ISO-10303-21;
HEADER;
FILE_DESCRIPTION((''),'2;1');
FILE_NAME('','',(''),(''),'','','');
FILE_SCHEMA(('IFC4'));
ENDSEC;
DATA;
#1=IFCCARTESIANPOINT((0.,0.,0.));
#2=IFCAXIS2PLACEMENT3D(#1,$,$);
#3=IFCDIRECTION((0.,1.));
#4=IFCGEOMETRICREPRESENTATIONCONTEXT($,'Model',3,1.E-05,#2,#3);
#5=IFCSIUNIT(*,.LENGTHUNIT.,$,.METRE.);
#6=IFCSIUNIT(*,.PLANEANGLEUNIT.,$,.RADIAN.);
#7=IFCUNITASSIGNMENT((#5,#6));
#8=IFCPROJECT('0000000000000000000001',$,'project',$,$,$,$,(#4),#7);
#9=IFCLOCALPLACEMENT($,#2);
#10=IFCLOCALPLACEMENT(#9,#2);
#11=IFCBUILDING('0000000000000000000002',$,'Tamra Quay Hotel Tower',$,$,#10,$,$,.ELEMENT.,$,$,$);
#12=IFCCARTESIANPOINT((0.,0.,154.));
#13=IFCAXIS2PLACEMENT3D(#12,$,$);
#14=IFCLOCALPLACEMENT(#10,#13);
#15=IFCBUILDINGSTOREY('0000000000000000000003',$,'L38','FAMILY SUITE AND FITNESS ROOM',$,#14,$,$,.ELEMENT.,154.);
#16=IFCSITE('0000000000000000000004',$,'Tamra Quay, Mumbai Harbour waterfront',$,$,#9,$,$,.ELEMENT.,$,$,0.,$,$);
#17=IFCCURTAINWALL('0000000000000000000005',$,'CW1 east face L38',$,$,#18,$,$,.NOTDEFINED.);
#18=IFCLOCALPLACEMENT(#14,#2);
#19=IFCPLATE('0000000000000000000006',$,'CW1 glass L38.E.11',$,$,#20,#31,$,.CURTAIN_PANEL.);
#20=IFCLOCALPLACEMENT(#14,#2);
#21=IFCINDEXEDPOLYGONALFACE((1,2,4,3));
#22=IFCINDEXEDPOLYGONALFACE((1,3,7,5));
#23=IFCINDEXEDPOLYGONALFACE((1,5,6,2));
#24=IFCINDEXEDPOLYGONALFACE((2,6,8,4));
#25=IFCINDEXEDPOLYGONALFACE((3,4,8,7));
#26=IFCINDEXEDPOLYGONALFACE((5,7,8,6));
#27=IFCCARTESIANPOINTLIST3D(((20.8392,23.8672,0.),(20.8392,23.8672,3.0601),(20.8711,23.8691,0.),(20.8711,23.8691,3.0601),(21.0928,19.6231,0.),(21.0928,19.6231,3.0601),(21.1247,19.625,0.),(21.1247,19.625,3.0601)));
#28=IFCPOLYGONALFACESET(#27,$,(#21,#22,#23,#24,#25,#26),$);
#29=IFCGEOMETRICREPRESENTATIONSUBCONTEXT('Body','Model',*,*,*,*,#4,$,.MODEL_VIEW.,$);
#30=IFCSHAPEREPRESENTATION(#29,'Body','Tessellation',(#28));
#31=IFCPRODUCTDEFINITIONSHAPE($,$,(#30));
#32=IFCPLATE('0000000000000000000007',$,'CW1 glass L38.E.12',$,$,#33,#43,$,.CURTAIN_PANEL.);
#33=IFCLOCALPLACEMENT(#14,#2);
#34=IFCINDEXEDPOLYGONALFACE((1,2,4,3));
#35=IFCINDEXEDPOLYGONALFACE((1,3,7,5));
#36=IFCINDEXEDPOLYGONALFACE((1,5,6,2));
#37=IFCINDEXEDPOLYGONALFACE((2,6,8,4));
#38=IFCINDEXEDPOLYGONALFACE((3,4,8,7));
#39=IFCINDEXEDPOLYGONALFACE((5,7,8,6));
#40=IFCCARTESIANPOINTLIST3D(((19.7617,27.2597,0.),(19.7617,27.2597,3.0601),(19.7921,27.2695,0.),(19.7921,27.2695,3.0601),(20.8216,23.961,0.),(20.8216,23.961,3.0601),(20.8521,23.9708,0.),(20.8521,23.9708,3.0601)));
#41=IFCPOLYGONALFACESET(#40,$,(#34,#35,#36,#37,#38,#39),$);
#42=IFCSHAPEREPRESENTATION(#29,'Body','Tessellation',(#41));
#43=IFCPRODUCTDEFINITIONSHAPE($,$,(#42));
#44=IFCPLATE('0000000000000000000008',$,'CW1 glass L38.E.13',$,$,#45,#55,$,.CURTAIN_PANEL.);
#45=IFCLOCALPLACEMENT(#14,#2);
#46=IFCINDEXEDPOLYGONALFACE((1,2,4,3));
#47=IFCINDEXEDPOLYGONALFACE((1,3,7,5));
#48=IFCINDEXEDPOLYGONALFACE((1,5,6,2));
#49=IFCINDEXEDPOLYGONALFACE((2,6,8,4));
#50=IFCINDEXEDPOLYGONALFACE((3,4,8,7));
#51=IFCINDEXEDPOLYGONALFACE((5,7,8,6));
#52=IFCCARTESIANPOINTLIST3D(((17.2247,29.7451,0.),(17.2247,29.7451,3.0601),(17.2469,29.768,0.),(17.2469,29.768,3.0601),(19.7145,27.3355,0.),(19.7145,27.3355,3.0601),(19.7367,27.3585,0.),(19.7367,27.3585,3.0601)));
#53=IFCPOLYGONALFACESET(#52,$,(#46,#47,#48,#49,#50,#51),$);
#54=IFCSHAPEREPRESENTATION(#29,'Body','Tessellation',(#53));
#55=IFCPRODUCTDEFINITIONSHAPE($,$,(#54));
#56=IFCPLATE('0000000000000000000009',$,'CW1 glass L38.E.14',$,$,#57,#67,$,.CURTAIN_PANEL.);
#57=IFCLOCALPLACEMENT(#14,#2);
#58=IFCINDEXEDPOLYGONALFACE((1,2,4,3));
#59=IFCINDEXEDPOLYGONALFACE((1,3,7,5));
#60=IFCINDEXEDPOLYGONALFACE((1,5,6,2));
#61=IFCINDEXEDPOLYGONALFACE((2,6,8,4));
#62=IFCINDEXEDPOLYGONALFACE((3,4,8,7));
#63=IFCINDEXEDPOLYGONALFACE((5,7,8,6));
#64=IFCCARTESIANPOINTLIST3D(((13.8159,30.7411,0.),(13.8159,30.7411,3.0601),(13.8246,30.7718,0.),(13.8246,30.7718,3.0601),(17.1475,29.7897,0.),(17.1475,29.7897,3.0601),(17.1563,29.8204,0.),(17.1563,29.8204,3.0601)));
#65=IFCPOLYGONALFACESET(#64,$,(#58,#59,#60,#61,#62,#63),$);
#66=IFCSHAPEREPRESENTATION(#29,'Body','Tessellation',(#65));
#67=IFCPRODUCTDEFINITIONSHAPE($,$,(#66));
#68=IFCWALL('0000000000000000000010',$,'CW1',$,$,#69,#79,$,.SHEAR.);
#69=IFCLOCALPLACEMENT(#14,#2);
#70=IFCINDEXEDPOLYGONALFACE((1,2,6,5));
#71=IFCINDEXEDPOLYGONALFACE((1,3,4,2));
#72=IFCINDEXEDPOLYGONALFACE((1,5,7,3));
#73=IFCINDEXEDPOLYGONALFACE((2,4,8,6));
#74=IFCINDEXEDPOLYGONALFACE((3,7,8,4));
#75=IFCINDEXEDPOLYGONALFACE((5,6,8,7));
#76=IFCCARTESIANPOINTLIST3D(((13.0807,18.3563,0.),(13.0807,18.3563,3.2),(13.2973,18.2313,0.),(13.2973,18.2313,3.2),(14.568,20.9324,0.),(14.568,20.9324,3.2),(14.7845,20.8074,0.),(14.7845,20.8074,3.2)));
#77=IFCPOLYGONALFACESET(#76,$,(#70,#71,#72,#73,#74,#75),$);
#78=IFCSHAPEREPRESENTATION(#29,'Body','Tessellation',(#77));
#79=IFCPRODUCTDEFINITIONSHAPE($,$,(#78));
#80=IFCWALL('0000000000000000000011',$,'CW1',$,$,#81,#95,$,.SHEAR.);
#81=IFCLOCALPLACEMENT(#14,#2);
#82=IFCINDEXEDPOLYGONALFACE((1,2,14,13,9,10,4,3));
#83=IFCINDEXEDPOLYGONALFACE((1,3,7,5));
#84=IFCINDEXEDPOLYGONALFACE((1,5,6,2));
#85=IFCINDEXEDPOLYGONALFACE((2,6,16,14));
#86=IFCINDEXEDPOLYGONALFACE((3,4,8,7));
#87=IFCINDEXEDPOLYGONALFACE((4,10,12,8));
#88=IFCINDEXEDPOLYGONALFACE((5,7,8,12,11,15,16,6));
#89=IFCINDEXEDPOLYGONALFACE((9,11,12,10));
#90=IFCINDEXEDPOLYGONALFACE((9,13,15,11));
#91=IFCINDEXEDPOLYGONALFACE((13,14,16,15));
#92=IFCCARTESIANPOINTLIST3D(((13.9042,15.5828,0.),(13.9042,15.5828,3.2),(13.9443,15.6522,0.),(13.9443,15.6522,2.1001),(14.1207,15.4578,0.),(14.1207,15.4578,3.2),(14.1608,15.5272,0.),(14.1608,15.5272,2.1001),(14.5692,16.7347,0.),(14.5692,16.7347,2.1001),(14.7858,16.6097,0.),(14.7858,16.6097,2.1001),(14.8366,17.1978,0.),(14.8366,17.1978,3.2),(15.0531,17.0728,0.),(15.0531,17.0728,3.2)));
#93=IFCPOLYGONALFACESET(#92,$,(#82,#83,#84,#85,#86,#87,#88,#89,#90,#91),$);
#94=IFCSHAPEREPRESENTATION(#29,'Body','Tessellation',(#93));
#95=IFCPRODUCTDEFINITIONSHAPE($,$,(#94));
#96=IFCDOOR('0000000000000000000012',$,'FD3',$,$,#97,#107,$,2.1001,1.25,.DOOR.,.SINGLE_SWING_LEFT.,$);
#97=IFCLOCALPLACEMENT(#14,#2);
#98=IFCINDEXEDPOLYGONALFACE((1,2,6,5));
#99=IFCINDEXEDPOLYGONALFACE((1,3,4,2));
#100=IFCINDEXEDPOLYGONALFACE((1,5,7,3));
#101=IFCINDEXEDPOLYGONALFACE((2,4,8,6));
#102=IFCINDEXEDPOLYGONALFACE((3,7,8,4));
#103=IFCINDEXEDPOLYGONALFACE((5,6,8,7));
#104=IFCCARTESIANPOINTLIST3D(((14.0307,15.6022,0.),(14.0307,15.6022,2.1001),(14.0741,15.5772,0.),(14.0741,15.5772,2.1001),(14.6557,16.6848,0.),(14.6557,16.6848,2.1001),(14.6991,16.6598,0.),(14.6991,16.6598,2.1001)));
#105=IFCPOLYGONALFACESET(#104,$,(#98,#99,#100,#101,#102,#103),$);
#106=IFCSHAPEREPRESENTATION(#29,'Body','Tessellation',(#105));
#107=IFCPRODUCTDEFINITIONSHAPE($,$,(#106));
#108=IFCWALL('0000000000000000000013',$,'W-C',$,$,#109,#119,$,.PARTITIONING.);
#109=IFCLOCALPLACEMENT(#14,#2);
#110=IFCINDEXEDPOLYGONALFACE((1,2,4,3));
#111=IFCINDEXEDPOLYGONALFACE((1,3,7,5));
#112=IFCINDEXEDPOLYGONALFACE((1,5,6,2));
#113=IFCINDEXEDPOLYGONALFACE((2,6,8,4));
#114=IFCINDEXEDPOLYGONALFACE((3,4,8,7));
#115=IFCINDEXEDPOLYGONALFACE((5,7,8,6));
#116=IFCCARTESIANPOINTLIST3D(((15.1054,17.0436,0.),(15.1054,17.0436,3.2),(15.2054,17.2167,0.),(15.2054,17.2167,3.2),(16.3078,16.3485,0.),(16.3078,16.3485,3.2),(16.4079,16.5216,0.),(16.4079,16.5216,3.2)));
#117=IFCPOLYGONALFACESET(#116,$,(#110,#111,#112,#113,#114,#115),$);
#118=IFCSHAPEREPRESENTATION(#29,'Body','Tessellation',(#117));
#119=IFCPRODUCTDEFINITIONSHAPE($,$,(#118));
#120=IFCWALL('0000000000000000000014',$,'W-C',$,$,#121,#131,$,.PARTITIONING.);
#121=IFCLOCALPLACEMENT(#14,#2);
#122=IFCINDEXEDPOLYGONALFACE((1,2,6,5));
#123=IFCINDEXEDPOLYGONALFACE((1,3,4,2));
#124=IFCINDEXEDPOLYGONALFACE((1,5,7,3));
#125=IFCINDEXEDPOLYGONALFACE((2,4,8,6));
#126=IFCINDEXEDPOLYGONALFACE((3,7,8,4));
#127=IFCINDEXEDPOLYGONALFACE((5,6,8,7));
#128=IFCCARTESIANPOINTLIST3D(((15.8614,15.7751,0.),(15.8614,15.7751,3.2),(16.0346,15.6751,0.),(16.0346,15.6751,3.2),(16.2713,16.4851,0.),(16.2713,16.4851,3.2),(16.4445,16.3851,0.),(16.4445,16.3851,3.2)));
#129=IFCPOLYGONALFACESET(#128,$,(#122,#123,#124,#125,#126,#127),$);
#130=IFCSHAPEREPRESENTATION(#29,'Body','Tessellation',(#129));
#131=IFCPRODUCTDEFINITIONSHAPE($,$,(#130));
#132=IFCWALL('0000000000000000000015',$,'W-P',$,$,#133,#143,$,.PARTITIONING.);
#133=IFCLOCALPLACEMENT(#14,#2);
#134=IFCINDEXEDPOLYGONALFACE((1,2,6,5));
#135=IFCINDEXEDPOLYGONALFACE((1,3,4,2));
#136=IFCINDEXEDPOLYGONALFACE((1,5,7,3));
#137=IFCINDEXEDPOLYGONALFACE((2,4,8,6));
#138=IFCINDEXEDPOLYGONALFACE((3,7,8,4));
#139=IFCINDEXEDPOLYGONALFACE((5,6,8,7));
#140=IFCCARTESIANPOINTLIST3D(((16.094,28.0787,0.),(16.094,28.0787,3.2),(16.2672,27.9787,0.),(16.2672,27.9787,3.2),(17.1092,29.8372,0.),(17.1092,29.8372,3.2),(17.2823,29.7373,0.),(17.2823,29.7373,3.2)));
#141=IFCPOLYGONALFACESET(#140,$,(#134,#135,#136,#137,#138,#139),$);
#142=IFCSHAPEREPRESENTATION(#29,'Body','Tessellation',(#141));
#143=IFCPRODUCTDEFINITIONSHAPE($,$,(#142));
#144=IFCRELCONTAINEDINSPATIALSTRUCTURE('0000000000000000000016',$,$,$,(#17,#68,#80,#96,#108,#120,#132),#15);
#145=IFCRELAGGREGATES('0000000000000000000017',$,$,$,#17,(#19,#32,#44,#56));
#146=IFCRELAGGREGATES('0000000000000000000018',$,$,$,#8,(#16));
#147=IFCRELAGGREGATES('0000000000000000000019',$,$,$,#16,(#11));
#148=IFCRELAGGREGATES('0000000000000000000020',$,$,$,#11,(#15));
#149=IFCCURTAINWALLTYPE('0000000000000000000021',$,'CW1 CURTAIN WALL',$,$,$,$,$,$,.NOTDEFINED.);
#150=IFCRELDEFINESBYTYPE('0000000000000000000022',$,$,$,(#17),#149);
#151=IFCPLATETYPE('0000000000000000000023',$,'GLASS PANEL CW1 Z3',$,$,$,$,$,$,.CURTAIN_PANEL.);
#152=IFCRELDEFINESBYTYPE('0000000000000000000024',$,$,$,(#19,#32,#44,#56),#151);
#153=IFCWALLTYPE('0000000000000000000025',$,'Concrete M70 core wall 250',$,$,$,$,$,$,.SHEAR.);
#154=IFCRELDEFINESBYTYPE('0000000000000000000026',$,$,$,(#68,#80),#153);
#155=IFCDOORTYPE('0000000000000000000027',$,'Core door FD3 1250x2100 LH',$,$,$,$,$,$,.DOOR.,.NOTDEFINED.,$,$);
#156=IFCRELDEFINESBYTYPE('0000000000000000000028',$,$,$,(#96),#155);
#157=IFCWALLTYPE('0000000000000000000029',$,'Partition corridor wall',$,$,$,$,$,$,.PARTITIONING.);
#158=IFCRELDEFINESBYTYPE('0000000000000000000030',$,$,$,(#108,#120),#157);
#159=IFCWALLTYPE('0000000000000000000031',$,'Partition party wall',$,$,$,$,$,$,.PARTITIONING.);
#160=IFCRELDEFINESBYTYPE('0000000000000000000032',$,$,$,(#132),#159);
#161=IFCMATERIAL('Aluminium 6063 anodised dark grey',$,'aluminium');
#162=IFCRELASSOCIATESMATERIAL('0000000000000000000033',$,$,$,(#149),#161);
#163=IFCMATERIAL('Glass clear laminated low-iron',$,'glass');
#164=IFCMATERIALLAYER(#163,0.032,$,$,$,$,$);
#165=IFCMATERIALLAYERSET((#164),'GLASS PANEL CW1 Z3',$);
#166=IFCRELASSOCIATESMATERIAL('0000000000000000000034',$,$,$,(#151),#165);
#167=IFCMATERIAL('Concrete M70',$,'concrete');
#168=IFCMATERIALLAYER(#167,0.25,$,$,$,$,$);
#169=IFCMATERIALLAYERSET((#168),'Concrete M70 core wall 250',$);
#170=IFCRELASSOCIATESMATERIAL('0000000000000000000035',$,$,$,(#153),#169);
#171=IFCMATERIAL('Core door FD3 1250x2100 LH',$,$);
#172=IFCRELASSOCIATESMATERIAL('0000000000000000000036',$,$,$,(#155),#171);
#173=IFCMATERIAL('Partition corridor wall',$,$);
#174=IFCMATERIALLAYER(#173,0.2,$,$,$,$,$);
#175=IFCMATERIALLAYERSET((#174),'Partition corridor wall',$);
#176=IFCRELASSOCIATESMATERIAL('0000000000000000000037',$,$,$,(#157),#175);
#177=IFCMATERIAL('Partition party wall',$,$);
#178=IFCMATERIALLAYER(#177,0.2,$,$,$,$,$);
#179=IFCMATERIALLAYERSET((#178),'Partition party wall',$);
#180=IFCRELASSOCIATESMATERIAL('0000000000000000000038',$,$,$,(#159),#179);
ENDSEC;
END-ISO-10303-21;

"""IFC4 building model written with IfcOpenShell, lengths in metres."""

from ifc_helpers import new_model, si_unit, direction, frame, frame_2d, origin, origin_2d, place, context, subcontext, project, spatial, rectangle, extrude, material, layer, layer_set, type_object, element, fill, aggregate, save


model = new_model("IFC4")

# Units and contexts
model_context = context("Model", 3, precision=1e-05, world=origin(), true_north=direction((0.0, 1.0)))
body_context = subcontext(model_context, "Body", "Model", "MODEL_VIEW")
ifc_project = project(units=[si_unit("LENGTHUNIT", "METRE"), si_unit("PLANEANGLEUNIT", "RADIAN")], contexts=[model_context])

# Site, building, storey
site_placement = place(None, origin())
site = spatial("IfcSite", under=ifc_project, at=site_placement, Name="Tamra Quay, Mumbai Harbour waterfront", CompositionType="ELEMENT", RefElevation=0.0)
building_placement = place(site_placement, origin())
building = spatial("IfcBuilding", under=site, at=building_placement, Name="Tamra Quay Hotel Tower", CompositionType="ELEMENT")
storey_placement = place(building_placement, frame((0.0, 0.0, 154.0)))
storey = spatial("IfcBuildingStorey", under=building, at=storey_placement, Name="L38", Description="FAMILY SUITE AND FITNESS ROOM", CompositionType="ELEMENT", Elevation=154.0)

# Shared definitions
ifc_material_1 = material(Name="Concrete M70", Category="concrete")

# Curtain wall
ifc_material_2 = material(Name="Aluminium 6063 anodised dark grey", Category="aluminium")
curtain_wall_type = type_object("IfcCurtainWallType", Name="CW1 CURTAIN WALL", PredefinedType="NOTDEFINED", material=ifc_material_2)
curtain_wall_placement = place(storey_placement, origin())
curtain_wall = element("IfcCurtainWall", 1, at=curtain_wall_placement, inside=storey, type_object=curtain_wall_type, Name="CW1 east face L38", PredefinedType="NOTDEFINED")

# Plates
ifc_material_3 = material(Name="Glass clear laminated low-iron", Category="glass")
ifc_layer_1 = layer(ifc_material_3, 0.032)
ifc_layer_set_1 = layer_set([ifc_layer_1], Name="GLASS PANEL CW1 Z3")
plate_type = type_object("IfcPlateType", Name="GLASS PANEL CW1 Z3", PredefinedType="CURTAIN_PANEL", material=ifc_layer_set_1)
plate_1_placement = place(storey_placement, frame((20.9819, 21.7461, 0.0), z_axis=(0.0, 0.0, 1.0), x_axis=(-0.059642, 0.99822, 0.0)))
plate_1 = element("IfcPlate", 2, at=plate_1_placement, type_object=plate_type, Name="CW1 glass L38.E.11", PredefinedType="CURTAIN_PANEL", context=body_context, shape_type="SweptSolid", body=[
    extrude(rectangle(XDim=4.2517, YDim=0.032, at=origin_2d()), origin(), (0.0, 0.0, 1.0), 3.0601),
])
plate_2_placement = place(storey_placement, frame((20.3069, 25.6152, 0.0), z_axis=(0.0, 0.0, 1.0), x_axis=(-0.305915, 0.952059, 0.0)))
plate_2 = element("IfcPlate", 3, at=plate_2_placement, type_object=plate_type, Name="CW1 glass L38.E.12", PredefinedType="CURTAIN_PANEL", context=body_context, shape_type="SweptSolid", body=[
    extrude(rectangle(XDim=3.4648, YDim=0.032, at=origin_2d()), origin(), (0.0, 0.0, 1.0), 3.0601),
])
plate_3_placement = place(storey_placement, frame((18.4807, 28.5518, 0.0), z_axis=(0.0, 0.0, 1.0), x_axis=(-0.718584, 0.69544, 0.0)))
plate_3 = element("IfcPlate", 4, at=plate_3_placement, type_object=plate_type, Name="CW1 glass L38.E.13", PredefinedType="CURTAIN_PANEL", context=body_context, shape_type="SweptSolid", body=[
    extrude(rectangle(XDim=3.4648, YDim=0.032, at=origin_2d()), origin(), (0.0, 0.0, 1.0), 3.0601),
])
plate_4_placement = place(storey_placement, frame((15.4861, 30.2808, 0.0), z_axis=(0.0, 0.0, 1.0), x_axis=(-0.961561, 0.274593, 0.0)))
plate_4 = element("IfcPlate", 5, at=plate_4_placement, type_object=plate_type, Name="CW1 glass L38.E.14", PredefinedType="CURTAIN_PANEL", context=body_context, shape_type="SweptSolid", body=[
    extrude(rectangle(XDim=3.4648, YDim=0.032, at=origin_2d()), origin(), (0.0, 0.0, 1.0), 3.0601),
])
aggregate(curtain_wall, [plate_1, plate_2, plate_3, plate_4])

# Wall
ifc_layer_2 = layer(ifc_material_1, 0.25)
ifc_layer_set_2 = layer_set([ifc_layer_2], Name="Concrete M70 core wall 250")
wall_type_1 = type_object("IfcWallType", Name="Concrete M70 core wall 250", PredefinedType="SHEAR", material=ifc_layer_set_2)
wall_1_placement = place(storey_placement, frame((14.6763, 20.8699, 0.0), z_axis=(0.0, 0.0, 1.0), x_axis=(-0.499988, -0.866033, 0.0)))
element("IfcWall", 6, at=wall_1_placement, inside=storey, type_object=wall_type_1, Name="CW1", PredefinedType="SHEAR", context=body_context, shape_type="SweptSolid", body=[
    extrude(rectangle(XDim=2.9746, YDim=0.25, at=frame_2d((1.4873, 0.0))), origin(), (0.0, 0.0, 1.0), 3.2),
])

# Wall, opening, door
wall_2_placement = place(storey_placement, frame((14.9448, 17.1353, 0.0), z_axis=(0.0, 0.0, 1.0), x_axis=(-0.499983, -0.866035, 0.0)))
wall_2 = element("IfcWall", 7, at=wall_2_placement, inside=storey, type_object=wall_type_1, Name="CW1", PredefinedType="SHEAR", context=body_context, shape_type="SweptSolid", body=[
    extrude(rectangle(XDim=1.8647, YDim=0.25, at=frame_2d((0.9324, 0.0))), origin(), (0.0, 0.0, 1.0), 3.2),
])
opening_placement = place(wall_2_placement, frame((0.5347, 0.0, 0.0)))
opening = element("IfcOpeningElement", 8, at=opening_placement, cuts=wall_2, PredefinedType="OPENING", context=body_context, shape_type="SweptSolid", body=[
    extrude(rectangle(XDim=1.25, YDim=2.1001, at=frame_2d((0.625, 1.05))), frame((0.0, 0.135, 0.0), z_axis=(0.0, -1.0, 0.0), x_axis=(1.0, 0.0, 0.0)), (0.0, 0.0, 1.0), 0.27),
])
ifc_material_4 = material(Name="Core door FD3 1250x2100 LH")
door_type = type_object("IfcDoorType", Name="Core door FD3 1250x2100 LH", OperationType="NOTDEFINED", PredefinedType="DOOR", material=ifc_material_4)
door_placement = place(opening_placement, origin())
door = element("IfcDoor", 9, at=door_placement, inside=storey, type_object=door_type, Name="FD3", OperationType="SINGLE_SWING_LEFT", OverallHeight=2.1001, OverallWidth=1.25, PredefinedType="DOOR", context=body_context, shape_type="SweptSolid", body=[
    extrude(rectangle(XDim=1.25, YDim=2.1001, at=frame_2d((0.625, 1.05))), frame((0.0, 0.0249, 0.0), z_axis=(0.0, -1.0, 0.0), x_axis=(1.0, 0.0, 0.0)), (0.0, 0.0, 1.0), 0.05),
])
fill(opening, door)

# Walls
ifc_material_5 = material(Name="Partition corridor wall")
ifc_layer_3 = layer(ifc_material_5, 0.2)
ifc_layer_set_3 = layer_set([ifc_layer_3], Name="Partition corridor wall")
wall_type_2 = type_object("IfcWallType", Name="Partition corridor wall", PredefinedType="PARTITIONING", material=ifc_layer_set_3)
wall_3_placement = place(storey_placement, frame((15.1555, 17.1301, 0.0), z_axis=(0.0, 0.0, 1.0), x_axis=(0.865755, -0.500468, 0.0)))
element("IfcWall", 10, at=wall_3_placement, inside=storey, type_object=wall_type_2, Name="W-C", PredefinedType="PARTITIONING", context=body_context, shape_type="SweptSolid", body=[
    extrude(rectangle(XDim=1.3889, YDim=0.2, at=frame_2d((0.6943, 0.0))), origin(), (0.0, 0.0, 1.0), 3.2),
])
wall_4_placement = place(storey_placement, frame((15.948, 15.7251, 0.0), z_axis=(0.0, 0.0, 1.0), x_axis=(0.500015, 0.866017, 0.0)))
element("IfcWall", 11, at=wall_4_placement, inside=storey, type_object=wall_type_2, Name="W-C", PredefinedType="PARTITIONING", context=body_context, shape_type="SweptSolid", body=[
    extrude(rectangle(XDim=0.8198, YDim=0.2, at=frame_2d((0.4099, 0.0))), origin(), (0.0, 0.0, 1.0), 3.2),
])
ifc_material_6 = material(Name="Partition party wall")
ifc_layer_4 = layer(ifc_material_6, 0.2)
ifc_layer_set_4 = layer_set([ifc_layer_4], Name="Partition party wall")
wall_type_3 = type_object("IfcWallType", Name="Partition party wall", PredefinedType="PARTITIONING", material=ifc_layer_set_4)
wall_5_placement = place(storey_placement, frame((16.1807, 28.0288, 0.0), z_axis=(0.0, 0.0, 1.0), x_axis=(0.499941, 0.866059, 0.0)))
element("IfcWall", 12, at=wall_5_placement, inside=storey, type_object=wall_type_3, Name="W-P", PredefinedType="PARTITIONING", context=body_context, shape_type="SweptSolid", body=[
    extrude(rectangle(XDim=2.0305, YDim=0.2, at=frame_2d((1.0151, 0.0))), origin(), (0.0, 0.0, 1.0), 3.2),
])

save(model, "model.ifc")
